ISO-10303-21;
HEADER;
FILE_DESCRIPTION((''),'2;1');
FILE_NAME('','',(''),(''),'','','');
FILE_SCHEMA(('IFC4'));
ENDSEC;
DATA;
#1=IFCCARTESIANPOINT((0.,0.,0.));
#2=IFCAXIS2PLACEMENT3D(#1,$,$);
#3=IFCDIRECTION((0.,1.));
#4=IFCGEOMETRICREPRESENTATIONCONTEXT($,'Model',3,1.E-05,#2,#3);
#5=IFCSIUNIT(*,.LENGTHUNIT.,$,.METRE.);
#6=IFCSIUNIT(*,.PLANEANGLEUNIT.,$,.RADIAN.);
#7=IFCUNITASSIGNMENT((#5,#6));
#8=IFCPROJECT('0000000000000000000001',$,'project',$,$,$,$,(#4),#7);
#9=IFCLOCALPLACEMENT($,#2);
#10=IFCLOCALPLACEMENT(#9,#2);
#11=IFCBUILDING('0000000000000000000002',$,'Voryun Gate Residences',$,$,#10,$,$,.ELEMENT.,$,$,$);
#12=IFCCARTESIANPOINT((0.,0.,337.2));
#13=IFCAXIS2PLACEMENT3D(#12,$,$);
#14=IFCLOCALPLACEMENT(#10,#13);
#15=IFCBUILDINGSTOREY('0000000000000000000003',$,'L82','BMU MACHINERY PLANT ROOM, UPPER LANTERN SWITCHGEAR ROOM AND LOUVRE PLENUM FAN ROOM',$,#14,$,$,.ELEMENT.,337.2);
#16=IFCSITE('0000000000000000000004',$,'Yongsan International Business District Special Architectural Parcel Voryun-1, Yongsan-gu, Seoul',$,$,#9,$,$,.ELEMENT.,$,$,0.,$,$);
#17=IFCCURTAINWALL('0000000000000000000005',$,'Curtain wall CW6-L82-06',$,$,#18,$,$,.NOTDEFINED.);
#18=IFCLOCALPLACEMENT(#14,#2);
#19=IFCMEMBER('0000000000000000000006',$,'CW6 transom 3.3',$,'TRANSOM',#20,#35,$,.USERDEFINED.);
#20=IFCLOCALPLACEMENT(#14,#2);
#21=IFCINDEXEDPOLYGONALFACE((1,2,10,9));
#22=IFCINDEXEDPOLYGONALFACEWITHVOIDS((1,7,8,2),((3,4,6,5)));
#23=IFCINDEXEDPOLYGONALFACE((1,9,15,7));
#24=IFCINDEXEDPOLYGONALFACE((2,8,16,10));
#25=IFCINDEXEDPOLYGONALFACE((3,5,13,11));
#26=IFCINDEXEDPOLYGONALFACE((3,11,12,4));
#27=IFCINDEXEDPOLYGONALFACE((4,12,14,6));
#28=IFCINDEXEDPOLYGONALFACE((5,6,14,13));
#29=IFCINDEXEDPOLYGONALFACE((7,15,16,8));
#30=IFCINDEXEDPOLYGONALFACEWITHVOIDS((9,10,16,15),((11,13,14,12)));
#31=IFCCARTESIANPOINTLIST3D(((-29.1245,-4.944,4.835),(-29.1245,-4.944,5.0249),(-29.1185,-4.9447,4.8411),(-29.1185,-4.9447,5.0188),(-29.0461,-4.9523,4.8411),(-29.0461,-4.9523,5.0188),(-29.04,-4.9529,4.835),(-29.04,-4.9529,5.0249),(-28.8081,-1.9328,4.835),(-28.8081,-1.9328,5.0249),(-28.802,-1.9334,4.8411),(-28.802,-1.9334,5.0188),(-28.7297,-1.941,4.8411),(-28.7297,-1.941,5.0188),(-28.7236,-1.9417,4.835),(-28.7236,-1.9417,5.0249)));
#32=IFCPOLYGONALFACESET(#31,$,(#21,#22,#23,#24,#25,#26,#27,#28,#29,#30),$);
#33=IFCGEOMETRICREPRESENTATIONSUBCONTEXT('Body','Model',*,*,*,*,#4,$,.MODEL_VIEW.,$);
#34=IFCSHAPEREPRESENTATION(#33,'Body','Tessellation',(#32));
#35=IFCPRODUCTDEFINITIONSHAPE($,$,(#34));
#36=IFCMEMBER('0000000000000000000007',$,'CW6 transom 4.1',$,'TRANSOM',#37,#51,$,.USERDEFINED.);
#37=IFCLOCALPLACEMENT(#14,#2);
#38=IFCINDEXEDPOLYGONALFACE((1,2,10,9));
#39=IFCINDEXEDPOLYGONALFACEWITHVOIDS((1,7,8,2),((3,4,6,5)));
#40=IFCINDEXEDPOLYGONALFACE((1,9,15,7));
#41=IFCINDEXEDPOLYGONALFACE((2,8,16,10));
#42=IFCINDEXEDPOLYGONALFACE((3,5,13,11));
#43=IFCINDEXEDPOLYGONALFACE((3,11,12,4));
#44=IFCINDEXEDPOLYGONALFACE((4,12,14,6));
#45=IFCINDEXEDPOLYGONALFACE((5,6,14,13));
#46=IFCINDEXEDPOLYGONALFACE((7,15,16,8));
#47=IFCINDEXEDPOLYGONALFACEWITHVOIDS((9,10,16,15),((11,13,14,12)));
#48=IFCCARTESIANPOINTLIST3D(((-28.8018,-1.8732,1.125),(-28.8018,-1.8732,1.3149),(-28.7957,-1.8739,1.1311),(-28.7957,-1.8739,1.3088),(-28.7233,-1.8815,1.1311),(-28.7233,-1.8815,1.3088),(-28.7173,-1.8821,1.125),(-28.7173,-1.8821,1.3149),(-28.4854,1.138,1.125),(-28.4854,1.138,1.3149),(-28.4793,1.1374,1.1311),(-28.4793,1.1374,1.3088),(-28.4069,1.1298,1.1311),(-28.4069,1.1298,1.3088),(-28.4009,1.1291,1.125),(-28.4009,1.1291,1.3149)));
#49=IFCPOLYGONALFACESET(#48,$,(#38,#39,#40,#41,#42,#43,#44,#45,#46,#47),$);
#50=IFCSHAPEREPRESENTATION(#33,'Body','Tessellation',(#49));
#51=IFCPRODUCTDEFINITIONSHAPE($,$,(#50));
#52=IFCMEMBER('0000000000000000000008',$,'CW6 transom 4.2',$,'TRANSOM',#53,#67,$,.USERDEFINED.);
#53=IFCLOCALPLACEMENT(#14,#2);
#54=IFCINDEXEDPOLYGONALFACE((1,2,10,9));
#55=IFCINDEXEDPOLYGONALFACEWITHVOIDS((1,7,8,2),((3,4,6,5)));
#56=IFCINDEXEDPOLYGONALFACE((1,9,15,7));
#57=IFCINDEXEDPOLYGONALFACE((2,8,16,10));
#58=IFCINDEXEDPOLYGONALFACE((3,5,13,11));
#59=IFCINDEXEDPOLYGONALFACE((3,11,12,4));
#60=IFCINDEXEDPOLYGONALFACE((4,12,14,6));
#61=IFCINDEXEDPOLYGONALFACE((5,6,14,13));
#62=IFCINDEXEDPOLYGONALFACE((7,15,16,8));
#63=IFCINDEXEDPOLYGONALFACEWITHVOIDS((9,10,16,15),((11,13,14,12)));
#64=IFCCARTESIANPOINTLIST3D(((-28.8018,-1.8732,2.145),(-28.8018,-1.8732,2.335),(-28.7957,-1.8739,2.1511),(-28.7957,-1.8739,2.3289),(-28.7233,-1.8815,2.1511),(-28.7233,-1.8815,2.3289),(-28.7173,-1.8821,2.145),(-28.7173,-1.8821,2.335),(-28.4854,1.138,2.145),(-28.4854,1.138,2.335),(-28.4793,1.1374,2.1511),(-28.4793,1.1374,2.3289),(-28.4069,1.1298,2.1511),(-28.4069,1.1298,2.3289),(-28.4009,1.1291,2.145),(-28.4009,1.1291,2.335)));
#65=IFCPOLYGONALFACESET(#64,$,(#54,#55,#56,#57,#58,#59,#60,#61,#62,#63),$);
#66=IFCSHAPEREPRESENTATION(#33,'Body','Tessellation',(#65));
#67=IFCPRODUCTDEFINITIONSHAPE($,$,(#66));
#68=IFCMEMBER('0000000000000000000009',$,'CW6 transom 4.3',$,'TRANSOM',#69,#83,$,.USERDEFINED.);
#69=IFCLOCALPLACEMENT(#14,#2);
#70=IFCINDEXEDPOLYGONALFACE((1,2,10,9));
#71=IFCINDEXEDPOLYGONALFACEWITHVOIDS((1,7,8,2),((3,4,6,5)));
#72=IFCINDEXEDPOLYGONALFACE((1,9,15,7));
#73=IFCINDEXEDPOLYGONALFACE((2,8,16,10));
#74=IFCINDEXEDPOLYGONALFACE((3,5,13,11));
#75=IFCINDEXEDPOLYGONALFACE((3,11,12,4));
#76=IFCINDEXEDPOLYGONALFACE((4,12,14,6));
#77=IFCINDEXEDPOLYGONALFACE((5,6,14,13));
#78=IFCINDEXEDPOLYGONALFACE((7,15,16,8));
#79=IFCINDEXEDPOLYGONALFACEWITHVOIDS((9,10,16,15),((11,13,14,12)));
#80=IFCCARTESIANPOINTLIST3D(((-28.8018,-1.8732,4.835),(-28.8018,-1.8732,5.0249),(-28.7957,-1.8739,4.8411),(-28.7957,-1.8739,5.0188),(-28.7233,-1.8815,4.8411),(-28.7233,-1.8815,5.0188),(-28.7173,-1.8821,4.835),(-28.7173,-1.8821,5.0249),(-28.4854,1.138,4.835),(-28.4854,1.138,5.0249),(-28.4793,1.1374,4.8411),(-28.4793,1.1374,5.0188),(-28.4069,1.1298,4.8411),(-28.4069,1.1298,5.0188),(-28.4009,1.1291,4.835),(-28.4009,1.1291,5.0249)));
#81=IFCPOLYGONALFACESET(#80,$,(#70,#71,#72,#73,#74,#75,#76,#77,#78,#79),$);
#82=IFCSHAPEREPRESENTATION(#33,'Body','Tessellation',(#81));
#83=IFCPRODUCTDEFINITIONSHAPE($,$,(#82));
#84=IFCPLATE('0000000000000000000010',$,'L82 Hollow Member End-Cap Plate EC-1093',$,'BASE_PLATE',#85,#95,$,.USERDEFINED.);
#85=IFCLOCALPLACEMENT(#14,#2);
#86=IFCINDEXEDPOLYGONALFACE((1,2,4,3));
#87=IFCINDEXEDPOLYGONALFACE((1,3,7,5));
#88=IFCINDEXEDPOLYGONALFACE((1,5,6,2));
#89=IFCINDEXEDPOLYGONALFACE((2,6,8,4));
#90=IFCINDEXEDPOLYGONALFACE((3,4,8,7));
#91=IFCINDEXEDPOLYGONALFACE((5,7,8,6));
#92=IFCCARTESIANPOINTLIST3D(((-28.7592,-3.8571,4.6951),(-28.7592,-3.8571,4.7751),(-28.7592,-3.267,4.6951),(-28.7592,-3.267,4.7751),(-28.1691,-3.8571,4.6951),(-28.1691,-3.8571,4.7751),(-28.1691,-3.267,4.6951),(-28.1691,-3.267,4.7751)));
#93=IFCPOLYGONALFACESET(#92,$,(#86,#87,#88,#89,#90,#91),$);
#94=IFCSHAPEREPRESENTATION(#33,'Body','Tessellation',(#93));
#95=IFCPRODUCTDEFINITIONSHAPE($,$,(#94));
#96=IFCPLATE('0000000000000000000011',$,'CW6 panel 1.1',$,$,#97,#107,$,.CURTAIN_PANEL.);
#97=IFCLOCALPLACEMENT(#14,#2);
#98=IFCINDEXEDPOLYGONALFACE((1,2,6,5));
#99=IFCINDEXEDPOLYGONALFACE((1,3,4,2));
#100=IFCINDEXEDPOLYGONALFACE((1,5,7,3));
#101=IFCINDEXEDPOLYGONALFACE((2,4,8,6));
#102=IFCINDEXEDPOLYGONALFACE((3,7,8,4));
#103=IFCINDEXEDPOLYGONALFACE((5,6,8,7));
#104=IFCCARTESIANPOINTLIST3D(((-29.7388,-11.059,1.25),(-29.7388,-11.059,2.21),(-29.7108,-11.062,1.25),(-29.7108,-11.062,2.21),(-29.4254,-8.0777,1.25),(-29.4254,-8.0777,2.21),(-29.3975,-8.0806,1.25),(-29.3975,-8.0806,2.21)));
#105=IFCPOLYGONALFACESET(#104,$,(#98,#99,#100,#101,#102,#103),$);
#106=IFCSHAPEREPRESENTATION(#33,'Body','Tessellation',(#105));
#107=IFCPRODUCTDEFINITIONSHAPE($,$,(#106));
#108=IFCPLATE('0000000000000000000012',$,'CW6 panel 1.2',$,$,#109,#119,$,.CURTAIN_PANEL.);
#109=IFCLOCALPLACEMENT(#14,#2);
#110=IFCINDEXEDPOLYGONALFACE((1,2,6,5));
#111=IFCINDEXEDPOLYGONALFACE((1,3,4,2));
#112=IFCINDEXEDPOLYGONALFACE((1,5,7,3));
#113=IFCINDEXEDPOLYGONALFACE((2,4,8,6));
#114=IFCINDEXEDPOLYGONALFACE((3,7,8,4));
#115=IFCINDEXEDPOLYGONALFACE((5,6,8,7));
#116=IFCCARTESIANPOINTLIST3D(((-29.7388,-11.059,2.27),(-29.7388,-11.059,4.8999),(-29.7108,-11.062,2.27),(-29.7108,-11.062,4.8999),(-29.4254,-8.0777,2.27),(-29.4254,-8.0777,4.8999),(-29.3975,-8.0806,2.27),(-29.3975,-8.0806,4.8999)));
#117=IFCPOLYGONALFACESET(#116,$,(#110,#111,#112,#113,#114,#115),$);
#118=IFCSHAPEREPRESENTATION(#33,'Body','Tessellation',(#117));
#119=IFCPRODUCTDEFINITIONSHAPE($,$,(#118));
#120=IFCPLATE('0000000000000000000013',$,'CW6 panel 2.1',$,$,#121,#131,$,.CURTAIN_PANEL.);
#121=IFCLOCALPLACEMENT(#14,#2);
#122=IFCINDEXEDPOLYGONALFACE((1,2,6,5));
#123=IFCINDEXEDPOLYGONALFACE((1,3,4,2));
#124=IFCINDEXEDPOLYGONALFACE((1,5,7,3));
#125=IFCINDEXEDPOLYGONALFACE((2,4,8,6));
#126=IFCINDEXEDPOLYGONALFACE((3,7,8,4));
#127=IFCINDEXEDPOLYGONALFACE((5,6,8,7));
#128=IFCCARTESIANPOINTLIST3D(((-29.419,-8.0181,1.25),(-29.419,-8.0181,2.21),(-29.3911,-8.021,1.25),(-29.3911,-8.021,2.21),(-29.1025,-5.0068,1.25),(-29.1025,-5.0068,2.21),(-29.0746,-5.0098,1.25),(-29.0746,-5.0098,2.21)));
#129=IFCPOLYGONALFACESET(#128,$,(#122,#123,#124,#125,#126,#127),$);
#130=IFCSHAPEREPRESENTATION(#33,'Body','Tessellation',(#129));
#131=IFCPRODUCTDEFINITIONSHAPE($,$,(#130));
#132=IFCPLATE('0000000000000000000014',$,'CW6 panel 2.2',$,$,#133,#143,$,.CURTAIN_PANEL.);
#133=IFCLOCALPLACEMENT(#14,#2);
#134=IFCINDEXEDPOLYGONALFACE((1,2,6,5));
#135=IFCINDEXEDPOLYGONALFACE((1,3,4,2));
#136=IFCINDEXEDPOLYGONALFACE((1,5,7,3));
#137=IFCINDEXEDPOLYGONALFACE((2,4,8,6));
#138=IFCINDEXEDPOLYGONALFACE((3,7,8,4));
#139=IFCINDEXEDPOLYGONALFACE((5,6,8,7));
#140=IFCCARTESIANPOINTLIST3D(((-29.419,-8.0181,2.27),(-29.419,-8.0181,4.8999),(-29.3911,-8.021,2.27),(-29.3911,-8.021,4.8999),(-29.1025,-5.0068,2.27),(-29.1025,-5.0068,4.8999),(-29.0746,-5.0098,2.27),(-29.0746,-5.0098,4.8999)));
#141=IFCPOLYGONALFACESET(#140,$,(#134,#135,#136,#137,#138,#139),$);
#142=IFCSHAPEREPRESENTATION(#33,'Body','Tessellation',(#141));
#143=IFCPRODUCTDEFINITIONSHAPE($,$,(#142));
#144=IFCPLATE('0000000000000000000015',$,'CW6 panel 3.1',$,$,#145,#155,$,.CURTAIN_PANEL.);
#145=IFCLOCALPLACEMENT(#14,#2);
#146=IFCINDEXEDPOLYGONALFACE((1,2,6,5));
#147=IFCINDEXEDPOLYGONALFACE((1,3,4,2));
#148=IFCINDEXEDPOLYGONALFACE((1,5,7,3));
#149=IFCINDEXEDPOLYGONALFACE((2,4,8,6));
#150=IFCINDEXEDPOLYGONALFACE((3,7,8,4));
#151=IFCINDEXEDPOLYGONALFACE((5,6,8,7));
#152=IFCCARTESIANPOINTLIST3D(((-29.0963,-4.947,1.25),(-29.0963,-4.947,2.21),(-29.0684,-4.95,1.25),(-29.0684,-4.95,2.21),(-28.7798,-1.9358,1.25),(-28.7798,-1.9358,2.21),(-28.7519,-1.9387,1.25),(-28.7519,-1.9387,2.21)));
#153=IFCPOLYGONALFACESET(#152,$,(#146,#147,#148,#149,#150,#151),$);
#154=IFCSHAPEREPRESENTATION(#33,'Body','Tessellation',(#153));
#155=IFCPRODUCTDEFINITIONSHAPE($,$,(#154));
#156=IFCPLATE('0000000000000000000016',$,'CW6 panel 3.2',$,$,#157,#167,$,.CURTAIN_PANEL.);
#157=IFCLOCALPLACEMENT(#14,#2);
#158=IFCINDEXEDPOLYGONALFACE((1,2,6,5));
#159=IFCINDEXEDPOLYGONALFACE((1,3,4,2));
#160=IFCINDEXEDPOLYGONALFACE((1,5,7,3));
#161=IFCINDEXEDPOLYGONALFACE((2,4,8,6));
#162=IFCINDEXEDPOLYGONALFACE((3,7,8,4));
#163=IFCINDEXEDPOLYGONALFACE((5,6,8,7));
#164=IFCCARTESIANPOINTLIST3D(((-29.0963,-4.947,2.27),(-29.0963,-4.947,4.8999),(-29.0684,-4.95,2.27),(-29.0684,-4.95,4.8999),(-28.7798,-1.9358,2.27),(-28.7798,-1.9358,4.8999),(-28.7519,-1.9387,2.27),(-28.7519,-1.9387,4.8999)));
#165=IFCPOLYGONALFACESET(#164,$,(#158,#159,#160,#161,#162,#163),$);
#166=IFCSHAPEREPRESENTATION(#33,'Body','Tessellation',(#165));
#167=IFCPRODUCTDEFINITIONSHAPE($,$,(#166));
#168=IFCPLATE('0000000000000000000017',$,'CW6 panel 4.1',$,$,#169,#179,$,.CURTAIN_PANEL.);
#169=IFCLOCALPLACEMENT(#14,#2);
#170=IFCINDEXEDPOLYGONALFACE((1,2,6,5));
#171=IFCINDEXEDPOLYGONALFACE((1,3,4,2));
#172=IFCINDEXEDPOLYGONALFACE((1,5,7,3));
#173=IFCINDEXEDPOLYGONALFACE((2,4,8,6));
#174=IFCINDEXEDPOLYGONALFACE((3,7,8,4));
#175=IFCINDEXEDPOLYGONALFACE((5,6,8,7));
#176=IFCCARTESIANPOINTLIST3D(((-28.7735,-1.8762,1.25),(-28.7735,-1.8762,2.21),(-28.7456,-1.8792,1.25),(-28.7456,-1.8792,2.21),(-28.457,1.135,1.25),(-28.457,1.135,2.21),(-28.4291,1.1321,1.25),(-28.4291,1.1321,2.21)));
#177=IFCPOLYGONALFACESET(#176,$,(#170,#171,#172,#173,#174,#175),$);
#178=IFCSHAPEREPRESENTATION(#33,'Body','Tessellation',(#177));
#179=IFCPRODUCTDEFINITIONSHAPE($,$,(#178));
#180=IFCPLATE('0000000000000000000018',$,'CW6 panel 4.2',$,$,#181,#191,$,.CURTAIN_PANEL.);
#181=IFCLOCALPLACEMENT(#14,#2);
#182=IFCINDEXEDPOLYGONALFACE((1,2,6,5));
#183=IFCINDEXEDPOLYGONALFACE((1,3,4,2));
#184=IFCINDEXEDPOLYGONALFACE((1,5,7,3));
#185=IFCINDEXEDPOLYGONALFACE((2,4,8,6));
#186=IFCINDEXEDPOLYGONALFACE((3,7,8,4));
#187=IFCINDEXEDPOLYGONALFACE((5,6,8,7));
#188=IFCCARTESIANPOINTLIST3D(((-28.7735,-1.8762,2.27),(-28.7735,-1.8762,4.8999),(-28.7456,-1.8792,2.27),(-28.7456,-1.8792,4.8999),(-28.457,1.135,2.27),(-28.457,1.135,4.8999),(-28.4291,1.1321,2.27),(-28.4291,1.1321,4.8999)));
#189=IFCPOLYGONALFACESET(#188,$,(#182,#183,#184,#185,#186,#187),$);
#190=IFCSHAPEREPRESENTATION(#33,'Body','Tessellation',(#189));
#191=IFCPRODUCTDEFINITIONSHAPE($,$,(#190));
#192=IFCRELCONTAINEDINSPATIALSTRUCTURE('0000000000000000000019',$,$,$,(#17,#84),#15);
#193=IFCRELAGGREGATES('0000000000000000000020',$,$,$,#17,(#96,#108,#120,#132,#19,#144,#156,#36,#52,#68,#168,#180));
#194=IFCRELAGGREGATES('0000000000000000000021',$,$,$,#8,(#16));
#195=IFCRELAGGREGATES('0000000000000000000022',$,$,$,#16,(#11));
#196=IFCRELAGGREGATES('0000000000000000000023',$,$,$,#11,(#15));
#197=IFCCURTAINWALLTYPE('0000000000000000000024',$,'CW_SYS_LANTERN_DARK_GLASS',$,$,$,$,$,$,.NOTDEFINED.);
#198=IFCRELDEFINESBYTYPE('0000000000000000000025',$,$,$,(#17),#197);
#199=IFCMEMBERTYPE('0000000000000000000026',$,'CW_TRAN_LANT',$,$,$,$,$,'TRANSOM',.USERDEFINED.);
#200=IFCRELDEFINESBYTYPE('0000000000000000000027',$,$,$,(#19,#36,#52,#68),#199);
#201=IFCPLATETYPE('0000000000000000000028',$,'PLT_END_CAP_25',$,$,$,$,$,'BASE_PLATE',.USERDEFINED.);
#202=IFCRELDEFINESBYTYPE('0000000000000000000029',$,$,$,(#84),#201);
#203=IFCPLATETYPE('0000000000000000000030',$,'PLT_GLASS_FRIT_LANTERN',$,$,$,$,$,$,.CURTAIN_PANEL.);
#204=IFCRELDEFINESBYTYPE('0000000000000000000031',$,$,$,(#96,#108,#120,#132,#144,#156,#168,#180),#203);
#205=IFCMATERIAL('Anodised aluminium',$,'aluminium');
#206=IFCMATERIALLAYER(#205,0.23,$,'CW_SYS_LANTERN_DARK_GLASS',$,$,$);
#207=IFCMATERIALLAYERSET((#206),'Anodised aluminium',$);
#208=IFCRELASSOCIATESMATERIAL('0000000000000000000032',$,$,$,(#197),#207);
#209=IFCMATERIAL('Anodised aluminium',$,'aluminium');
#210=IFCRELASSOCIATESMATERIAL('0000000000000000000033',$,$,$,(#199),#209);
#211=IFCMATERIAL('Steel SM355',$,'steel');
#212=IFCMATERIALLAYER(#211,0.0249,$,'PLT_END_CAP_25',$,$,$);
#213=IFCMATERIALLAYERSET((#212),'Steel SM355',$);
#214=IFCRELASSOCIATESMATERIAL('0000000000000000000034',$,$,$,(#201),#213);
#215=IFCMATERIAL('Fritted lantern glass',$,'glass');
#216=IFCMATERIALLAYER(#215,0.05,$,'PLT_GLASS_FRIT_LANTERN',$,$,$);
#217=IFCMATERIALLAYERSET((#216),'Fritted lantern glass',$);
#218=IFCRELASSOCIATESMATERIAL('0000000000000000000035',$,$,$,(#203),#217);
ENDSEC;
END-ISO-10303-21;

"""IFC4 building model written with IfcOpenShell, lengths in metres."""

from ifc_helpers import new_model, si_unit, direction, frame, origin, origin_2d, place, context, subcontext, project, spatial, rectangle, hollow_rectangle, extrude, material, layer, layer_set, material_profile, profile_set, type_object, element, aggregate, save


model = new_model("IFC4")

# Units and contexts
model_context = context("Model", 3, precision=1e-05, world=origin(), true_north=direction((0.0, 1.0)))
body_context = subcontext(model_context, "Body", "Model", "MODEL_VIEW")
ifc_project = project(units=[si_unit("LENGTHUNIT", "METRE"), si_unit("PLANEANGLEUNIT", "RADIAN")], contexts=[model_context])

# Site, building, storey
site_placement = place(None, origin())
site = spatial("IfcSite", under=ifc_project, at=site_placement, Name="Yongsan International Business District Special Architectural Parcel Voryun-1, Yongsan-gu, Seoul", CompositionType="ELEMENT", RefElevation=0.0)
building_placement = place(site_placement, origin())
building = spatial("IfcBuilding", under=site, at=building_placement, Name="Voryun Gate Residences", CompositionType="ELEMENT")
storey_placement = place(building_placement, frame((0.0, 0.0, 337.2)))
storey = spatial("IfcBuildingStorey", under=building, at=storey_placement, Name="L82", Description="BMU MACHINERY PLANT ROOM, UPPER LANTERN SWITCHGEAR ROOM AND LOUVRE PLENUM FAN ROOM", CompositionType="ELEMENT", Elevation=337.2)

# Curtain wall, members
ifc_material_1 = material(Name="Anodised aluminium", Category="aluminium")
ifc_layer_1 = layer(ifc_material_1, 0.23, Name="CW_SYS_LANTERN_DARK_GLASS")
ifc_layer_set_1 = layer_set([ifc_layer_1], Name="Anodised aluminium")
curtain_wall_type = type_object("IfcCurtainWallType", Name="CW_SYS_LANTERN_DARK_GLASS", PredefinedType="NOTDEFINED", material=ifc_layer_set_1)
curtain_wall_placement = place(storey_placement, origin())
curtain_wall = element("IfcCurtainWall", 1, at=curtain_wall_placement, inside=storey, type_object=curtain_wall_type, Name="Curtain wall CW6-L82-06", PredefinedType="NOTDEFINED")
ifc_material_2 = material(Name="Anodised aluminium", Category="aluminium")
ifc_material_profile_1 = material_profile(ifc_material_2, hollow_rectangle(XDim=0.085, YDim=0.1899, WallThickness=0.0061, at=origin_2d()), Name="ALU-TRAN-190x85x6")
ifc_profile_set_1 = profile_set([ifc_material_profile_1], Name="Anodised aluminium")
member_type_1 = type_object("IfcMemberType", Name="CW_TRAN_LANT", ElementType="TRANSOM", PredefinedType="USERDEFINED", material=ifc_profile_set_1)
member_1_placement = place(storey_placement, frame((-29.0823, -4.9485, 4.9299), z_axis=(0.1045, 0.994525, 0.0), x_axis=(-0.994525, 0.1045, 0.0)))
member_1 = element("IfcMember", 2, at=member_1_placement, type_object=member_type_1, Name="CW6 transom 3.3", ObjectType="TRANSOM", PredefinedType="USERDEFINED", context=body_context, shape_type="SweptSolid", body=[
    extrude(hollow_rectangle(XDim=0.085, YDim=0.1899, WallThickness=0.0061, at=origin_2d()), origin(), (0.0, 0.0, 1.0), 3.0278),
])
member_2_placement = place(storey_placement, frame((-28.7595, -1.8777, 1.22), z_axis=(0.1045, 0.994525, 0.0), x_axis=(-0.994525, 0.1045, 0.0)))
member_2 = element("IfcMember", 3, at=member_2_placement, type_object=member_type_1, Name="CW6 transom 4.1", ObjectType="TRANSOM", PredefinedType="USERDEFINED", context=body_context, shape_type="SweptSolid", body=[
    extrude(hollow_rectangle(XDim=0.085, YDim=0.1899, WallThickness=0.0061, at=origin_2d()), origin(), (0.0, 0.0, 1.0), 3.0278),
])
member_3_placement = place(storey_placement, frame((-28.7595, -1.8777, 2.24), z_axis=(0.1045, 0.994525, 0.0), x_axis=(-0.994525, 0.1045, 0.0)))
member_3 = element("IfcMember", 4, at=member_3_placement, type_object=member_type_1, Name="CW6 transom 4.2", ObjectType="TRANSOM", PredefinedType="USERDEFINED", context=body_context, shape_type="SweptSolid", body=[
    extrude(hollow_rectangle(XDim=0.085, YDim=0.1899, WallThickness=0.0061, at=origin_2d()), origin(), (0.0, 0.0, 1.0), 3.0278),
])
member_4_placement = place(storey_placement, frame((-28.7595, -1.8777, 4.9299), z_axis=(0.1045, 0.994525, 0.0), x_axis=(-0.994525, 0.1045, 0.0)))
member_4 = element("IfcMember", 5, at=member_4_placement, type_object=member_type_1, Name="CW6 transom 4.3", ObjectType="TRANSOM", PredefinedType="USERDEFINED", context=body_context, shape_type="SweptSolid", body=[
    extrude(hollow_rectangle(XDim=0.085, YDim=0.1899, WallThickness=0.0061, at=origin_2d()), origin(), (0.0, 0.0, 1.0), 3.0278),
])

# Plates
ifc_material_3 = material(Name="Steel SM355", Category="steel")
ifc_layer_2 = layer(ifc_material_3, 0.0249, Name="PLT_END_CAP_25")
ifc_layer_set_2 = layer_set([ifc_layer_2], Name="Steel SM355")
plate_type_1 = type_object("IfcPlateType", Name="PLT_END_CAP_25", ElementType="BASE_PLATE", PredefinedType="USERDEFINED", material=ifc_layer_set_2)
plate_1_placement = place(storey_placement, frame((-28.4641, -3.562, 4.6951), z_axis=(0.0, 0.0, 1.0), x_axis=(1.0, 0.0, 0.0)))
element("IfcPlate", 6, at=plate_1_placement, inside=storey, type_object=plate_type_1, Name="L82 Hollow Member End-Cap Plate EC-1093", ObjectType="BASE_PLATE", PredefinedType="USERDEFINED", context=body_context, shape_type="SweptSolid", body=[
    extrude(rectangle(XDim=0.5901, YDim=0.5901, at=origin_2d()), origin(), (0.0, 0.0, 1.0), 0.0801),
])
ifc_material_4 = material(Name="Fritted lantern glass", Category="glass")
ifc_layer_3 = layer(ifc_material_4, 0.05, Name="PLT_GLASS_FRIT_LANTERN")
ifc_layer_set_3 = layer_set([ifc_layer_3], Name="Fritted lantern glass")
plate_type_2 = type_object("IfcPlateType", Name="PLT_GLASS_FRIT_LANTERN", PredefinedType="CURTAIN_PANEL", material=ifc_layer_set_3)
plate_2_placement = place(storey_placement, frame((-29.5681, -9.5698, 1.25), z_axis=(0.0, 0.0, 1.0), x_axis=(0.104528, 0.994522, 0.0)))
plate_2 = element("IfcPlate", 7, at=plate_2_placement, type_object=plate_type_2, Name="CW6 panel 1.1", PredefinedType="CURTAIN_PANEL", context=body_context, shape_type="SweptSolid", body=[
    extrude(rectangle(XDim=2.9978, YDim=0.0281, at=origin_2d()), origin(), (0.0, 0.0, 1.0), 0.96),
])
plate_3_placement = place(storey_placement, frame((-29.5681, -9.5698, 2.27), z_axis=(0.0, 0.0, 1.0), x_axis=(0.104528, 0.994522, 0.0)))
plate_3 = element("IfcPlate", 8, at=plate_3_placement, type_object=plate_type_2, Name="CW6 panel 1.2", PredefinedType="CURTAIN_PANEL", context=body_context, shape_type="SweptSolid", body=[
    extrude(rectangle(XDim=2.9978, YDim=0.0281, at=origin_2d()), origin(), (0.0, 0.0, 1.0), 2.6299),
])
plate_4_placement = place(storey_placement, frame((-29.2468, -6.5139, 1.25), z_axis=(0.0, 0.0, 1.0), x_axis=(0.104528, 0.994522, 0.0)))
plate_4 = element("IfcPlate", 9, at=plate_4_placement, type_object=plate_type_2, Name="CW6 panel 2.1", PredefinedType="CURTAIN_PANEL", context=body_context, shape_type="SweptSolid", body=[
    extrude(rectangle(XDim=3.0278, YDim=0.0281, at=origin_2d()), origin(), (0.0, 0.0, 1.0), 0.96),
])
plate_5_placement = place(storey_placement, frame((-29.2468, -6.5139, 2.27), z_axis=(0.0, 0.0, 1.0), x_axis=(0.104528, 0.994522, 0.0)))
plate_5 = element("IfcPlate", 10, at=plate_5_placement, type_object=plate_type_2, Name="CW6 panel 2.2", PredefinedType="CURTAIN_PANEL", context=body_context, shape_type="SweptSolid", body=[
    extrude(rectangle(XDim=3.0278, YDim=0.0281, at=origin_2d()), origin(), (0.0, 0.0, 1.0), 2.6299),
])
plate_6_placement = place(storey_placement, frame((-28.9241, -3.4429, 1.25), z_axis=(0.0, 0.0, 1.0), x_axis=(0.104528, 0.994522, 0.0)))
plate_6 = element("IfcPlate", 11, at=plate_6_placement, type_object=plate_type_2, Name="CW6 panel 3.1", PredefinedType="CURTAIN_PANEL", context=body_context, shape_type="SweptSolid", body=[
    extrude(rectangle(XDim=3.0278, YDim=0.0281, at=origin_2d()), origin(), (0.0, 0.0, 1.0), 0.96),
])
plate_7_placement = place(storey_placement, frame((-28.9241, -3.4429, 2.27), z_axis=(0.0, 0.0, 1.0), x_axis=(0.104528, 0.994522, 0.0)))
plate_7 = element("IfcPlate", 12, at=plate_7_placement, type_object=plate_type_2, Name="CW6 panel 3.2", PredefinedType="CURTAIN_PANEL", context=body_context, shape_type="SweptSolid", body=[
    extrude(rectangle(XDim=3.0278, YDim=0.0281, at=origin_2d()), origin(), (0.0, 0.0, 1.0), 2.6299),
])
plate_8_placement = place(storey_placement, frame((-28.6013, -0.3721, 1.25), z_axis=(0.0, 0.0, 1.0), x_axis=(0.104528, 0.994522, 0.0)))
plate_8 = element("IfcPlate", 13, at=plate_8_placement, type_object=plate_type_2, Name="CW6 panel 4.1", PredefinedType="CURTAIN_PANEL", context=body_context, shape_type="SweptSolid", body=[
    extrude(rectangle(XDim=3.0278, YDim=0.0281, at=origin_2d()), origin(), (0.0, 0.0, 1.0), 0.96),
])
plate_9_placement = place(storey_placement, frame((-28.6013, -0.3721, 2.27), z_axis=(0.0, 0.0, 1.0), x_axis=(0.104528, 0.994522, 0.0)))
plate_9 = element("IfcPlate", 14, at=plate_9_placement, type_object=plate_type_2, Name="CW6 panel 4.2", PredefinedType="CURTAIN_PANEL", context=body_context, shape_type="SweptSolid", body=[
    extrude(rectangle(XDim=3.0278, YDim=0.0281, at=origin_2d()), origin(), (0.0, 0.0, 1.0), 2.6299),
])
aggregate(curtain_wall, [plate_2, plate_3, plate_4, plate_5, member_1, plate_6, plate_7, member_2, member_3, member_4, plate_8, plate_9])

save(model, "model.ifc")
